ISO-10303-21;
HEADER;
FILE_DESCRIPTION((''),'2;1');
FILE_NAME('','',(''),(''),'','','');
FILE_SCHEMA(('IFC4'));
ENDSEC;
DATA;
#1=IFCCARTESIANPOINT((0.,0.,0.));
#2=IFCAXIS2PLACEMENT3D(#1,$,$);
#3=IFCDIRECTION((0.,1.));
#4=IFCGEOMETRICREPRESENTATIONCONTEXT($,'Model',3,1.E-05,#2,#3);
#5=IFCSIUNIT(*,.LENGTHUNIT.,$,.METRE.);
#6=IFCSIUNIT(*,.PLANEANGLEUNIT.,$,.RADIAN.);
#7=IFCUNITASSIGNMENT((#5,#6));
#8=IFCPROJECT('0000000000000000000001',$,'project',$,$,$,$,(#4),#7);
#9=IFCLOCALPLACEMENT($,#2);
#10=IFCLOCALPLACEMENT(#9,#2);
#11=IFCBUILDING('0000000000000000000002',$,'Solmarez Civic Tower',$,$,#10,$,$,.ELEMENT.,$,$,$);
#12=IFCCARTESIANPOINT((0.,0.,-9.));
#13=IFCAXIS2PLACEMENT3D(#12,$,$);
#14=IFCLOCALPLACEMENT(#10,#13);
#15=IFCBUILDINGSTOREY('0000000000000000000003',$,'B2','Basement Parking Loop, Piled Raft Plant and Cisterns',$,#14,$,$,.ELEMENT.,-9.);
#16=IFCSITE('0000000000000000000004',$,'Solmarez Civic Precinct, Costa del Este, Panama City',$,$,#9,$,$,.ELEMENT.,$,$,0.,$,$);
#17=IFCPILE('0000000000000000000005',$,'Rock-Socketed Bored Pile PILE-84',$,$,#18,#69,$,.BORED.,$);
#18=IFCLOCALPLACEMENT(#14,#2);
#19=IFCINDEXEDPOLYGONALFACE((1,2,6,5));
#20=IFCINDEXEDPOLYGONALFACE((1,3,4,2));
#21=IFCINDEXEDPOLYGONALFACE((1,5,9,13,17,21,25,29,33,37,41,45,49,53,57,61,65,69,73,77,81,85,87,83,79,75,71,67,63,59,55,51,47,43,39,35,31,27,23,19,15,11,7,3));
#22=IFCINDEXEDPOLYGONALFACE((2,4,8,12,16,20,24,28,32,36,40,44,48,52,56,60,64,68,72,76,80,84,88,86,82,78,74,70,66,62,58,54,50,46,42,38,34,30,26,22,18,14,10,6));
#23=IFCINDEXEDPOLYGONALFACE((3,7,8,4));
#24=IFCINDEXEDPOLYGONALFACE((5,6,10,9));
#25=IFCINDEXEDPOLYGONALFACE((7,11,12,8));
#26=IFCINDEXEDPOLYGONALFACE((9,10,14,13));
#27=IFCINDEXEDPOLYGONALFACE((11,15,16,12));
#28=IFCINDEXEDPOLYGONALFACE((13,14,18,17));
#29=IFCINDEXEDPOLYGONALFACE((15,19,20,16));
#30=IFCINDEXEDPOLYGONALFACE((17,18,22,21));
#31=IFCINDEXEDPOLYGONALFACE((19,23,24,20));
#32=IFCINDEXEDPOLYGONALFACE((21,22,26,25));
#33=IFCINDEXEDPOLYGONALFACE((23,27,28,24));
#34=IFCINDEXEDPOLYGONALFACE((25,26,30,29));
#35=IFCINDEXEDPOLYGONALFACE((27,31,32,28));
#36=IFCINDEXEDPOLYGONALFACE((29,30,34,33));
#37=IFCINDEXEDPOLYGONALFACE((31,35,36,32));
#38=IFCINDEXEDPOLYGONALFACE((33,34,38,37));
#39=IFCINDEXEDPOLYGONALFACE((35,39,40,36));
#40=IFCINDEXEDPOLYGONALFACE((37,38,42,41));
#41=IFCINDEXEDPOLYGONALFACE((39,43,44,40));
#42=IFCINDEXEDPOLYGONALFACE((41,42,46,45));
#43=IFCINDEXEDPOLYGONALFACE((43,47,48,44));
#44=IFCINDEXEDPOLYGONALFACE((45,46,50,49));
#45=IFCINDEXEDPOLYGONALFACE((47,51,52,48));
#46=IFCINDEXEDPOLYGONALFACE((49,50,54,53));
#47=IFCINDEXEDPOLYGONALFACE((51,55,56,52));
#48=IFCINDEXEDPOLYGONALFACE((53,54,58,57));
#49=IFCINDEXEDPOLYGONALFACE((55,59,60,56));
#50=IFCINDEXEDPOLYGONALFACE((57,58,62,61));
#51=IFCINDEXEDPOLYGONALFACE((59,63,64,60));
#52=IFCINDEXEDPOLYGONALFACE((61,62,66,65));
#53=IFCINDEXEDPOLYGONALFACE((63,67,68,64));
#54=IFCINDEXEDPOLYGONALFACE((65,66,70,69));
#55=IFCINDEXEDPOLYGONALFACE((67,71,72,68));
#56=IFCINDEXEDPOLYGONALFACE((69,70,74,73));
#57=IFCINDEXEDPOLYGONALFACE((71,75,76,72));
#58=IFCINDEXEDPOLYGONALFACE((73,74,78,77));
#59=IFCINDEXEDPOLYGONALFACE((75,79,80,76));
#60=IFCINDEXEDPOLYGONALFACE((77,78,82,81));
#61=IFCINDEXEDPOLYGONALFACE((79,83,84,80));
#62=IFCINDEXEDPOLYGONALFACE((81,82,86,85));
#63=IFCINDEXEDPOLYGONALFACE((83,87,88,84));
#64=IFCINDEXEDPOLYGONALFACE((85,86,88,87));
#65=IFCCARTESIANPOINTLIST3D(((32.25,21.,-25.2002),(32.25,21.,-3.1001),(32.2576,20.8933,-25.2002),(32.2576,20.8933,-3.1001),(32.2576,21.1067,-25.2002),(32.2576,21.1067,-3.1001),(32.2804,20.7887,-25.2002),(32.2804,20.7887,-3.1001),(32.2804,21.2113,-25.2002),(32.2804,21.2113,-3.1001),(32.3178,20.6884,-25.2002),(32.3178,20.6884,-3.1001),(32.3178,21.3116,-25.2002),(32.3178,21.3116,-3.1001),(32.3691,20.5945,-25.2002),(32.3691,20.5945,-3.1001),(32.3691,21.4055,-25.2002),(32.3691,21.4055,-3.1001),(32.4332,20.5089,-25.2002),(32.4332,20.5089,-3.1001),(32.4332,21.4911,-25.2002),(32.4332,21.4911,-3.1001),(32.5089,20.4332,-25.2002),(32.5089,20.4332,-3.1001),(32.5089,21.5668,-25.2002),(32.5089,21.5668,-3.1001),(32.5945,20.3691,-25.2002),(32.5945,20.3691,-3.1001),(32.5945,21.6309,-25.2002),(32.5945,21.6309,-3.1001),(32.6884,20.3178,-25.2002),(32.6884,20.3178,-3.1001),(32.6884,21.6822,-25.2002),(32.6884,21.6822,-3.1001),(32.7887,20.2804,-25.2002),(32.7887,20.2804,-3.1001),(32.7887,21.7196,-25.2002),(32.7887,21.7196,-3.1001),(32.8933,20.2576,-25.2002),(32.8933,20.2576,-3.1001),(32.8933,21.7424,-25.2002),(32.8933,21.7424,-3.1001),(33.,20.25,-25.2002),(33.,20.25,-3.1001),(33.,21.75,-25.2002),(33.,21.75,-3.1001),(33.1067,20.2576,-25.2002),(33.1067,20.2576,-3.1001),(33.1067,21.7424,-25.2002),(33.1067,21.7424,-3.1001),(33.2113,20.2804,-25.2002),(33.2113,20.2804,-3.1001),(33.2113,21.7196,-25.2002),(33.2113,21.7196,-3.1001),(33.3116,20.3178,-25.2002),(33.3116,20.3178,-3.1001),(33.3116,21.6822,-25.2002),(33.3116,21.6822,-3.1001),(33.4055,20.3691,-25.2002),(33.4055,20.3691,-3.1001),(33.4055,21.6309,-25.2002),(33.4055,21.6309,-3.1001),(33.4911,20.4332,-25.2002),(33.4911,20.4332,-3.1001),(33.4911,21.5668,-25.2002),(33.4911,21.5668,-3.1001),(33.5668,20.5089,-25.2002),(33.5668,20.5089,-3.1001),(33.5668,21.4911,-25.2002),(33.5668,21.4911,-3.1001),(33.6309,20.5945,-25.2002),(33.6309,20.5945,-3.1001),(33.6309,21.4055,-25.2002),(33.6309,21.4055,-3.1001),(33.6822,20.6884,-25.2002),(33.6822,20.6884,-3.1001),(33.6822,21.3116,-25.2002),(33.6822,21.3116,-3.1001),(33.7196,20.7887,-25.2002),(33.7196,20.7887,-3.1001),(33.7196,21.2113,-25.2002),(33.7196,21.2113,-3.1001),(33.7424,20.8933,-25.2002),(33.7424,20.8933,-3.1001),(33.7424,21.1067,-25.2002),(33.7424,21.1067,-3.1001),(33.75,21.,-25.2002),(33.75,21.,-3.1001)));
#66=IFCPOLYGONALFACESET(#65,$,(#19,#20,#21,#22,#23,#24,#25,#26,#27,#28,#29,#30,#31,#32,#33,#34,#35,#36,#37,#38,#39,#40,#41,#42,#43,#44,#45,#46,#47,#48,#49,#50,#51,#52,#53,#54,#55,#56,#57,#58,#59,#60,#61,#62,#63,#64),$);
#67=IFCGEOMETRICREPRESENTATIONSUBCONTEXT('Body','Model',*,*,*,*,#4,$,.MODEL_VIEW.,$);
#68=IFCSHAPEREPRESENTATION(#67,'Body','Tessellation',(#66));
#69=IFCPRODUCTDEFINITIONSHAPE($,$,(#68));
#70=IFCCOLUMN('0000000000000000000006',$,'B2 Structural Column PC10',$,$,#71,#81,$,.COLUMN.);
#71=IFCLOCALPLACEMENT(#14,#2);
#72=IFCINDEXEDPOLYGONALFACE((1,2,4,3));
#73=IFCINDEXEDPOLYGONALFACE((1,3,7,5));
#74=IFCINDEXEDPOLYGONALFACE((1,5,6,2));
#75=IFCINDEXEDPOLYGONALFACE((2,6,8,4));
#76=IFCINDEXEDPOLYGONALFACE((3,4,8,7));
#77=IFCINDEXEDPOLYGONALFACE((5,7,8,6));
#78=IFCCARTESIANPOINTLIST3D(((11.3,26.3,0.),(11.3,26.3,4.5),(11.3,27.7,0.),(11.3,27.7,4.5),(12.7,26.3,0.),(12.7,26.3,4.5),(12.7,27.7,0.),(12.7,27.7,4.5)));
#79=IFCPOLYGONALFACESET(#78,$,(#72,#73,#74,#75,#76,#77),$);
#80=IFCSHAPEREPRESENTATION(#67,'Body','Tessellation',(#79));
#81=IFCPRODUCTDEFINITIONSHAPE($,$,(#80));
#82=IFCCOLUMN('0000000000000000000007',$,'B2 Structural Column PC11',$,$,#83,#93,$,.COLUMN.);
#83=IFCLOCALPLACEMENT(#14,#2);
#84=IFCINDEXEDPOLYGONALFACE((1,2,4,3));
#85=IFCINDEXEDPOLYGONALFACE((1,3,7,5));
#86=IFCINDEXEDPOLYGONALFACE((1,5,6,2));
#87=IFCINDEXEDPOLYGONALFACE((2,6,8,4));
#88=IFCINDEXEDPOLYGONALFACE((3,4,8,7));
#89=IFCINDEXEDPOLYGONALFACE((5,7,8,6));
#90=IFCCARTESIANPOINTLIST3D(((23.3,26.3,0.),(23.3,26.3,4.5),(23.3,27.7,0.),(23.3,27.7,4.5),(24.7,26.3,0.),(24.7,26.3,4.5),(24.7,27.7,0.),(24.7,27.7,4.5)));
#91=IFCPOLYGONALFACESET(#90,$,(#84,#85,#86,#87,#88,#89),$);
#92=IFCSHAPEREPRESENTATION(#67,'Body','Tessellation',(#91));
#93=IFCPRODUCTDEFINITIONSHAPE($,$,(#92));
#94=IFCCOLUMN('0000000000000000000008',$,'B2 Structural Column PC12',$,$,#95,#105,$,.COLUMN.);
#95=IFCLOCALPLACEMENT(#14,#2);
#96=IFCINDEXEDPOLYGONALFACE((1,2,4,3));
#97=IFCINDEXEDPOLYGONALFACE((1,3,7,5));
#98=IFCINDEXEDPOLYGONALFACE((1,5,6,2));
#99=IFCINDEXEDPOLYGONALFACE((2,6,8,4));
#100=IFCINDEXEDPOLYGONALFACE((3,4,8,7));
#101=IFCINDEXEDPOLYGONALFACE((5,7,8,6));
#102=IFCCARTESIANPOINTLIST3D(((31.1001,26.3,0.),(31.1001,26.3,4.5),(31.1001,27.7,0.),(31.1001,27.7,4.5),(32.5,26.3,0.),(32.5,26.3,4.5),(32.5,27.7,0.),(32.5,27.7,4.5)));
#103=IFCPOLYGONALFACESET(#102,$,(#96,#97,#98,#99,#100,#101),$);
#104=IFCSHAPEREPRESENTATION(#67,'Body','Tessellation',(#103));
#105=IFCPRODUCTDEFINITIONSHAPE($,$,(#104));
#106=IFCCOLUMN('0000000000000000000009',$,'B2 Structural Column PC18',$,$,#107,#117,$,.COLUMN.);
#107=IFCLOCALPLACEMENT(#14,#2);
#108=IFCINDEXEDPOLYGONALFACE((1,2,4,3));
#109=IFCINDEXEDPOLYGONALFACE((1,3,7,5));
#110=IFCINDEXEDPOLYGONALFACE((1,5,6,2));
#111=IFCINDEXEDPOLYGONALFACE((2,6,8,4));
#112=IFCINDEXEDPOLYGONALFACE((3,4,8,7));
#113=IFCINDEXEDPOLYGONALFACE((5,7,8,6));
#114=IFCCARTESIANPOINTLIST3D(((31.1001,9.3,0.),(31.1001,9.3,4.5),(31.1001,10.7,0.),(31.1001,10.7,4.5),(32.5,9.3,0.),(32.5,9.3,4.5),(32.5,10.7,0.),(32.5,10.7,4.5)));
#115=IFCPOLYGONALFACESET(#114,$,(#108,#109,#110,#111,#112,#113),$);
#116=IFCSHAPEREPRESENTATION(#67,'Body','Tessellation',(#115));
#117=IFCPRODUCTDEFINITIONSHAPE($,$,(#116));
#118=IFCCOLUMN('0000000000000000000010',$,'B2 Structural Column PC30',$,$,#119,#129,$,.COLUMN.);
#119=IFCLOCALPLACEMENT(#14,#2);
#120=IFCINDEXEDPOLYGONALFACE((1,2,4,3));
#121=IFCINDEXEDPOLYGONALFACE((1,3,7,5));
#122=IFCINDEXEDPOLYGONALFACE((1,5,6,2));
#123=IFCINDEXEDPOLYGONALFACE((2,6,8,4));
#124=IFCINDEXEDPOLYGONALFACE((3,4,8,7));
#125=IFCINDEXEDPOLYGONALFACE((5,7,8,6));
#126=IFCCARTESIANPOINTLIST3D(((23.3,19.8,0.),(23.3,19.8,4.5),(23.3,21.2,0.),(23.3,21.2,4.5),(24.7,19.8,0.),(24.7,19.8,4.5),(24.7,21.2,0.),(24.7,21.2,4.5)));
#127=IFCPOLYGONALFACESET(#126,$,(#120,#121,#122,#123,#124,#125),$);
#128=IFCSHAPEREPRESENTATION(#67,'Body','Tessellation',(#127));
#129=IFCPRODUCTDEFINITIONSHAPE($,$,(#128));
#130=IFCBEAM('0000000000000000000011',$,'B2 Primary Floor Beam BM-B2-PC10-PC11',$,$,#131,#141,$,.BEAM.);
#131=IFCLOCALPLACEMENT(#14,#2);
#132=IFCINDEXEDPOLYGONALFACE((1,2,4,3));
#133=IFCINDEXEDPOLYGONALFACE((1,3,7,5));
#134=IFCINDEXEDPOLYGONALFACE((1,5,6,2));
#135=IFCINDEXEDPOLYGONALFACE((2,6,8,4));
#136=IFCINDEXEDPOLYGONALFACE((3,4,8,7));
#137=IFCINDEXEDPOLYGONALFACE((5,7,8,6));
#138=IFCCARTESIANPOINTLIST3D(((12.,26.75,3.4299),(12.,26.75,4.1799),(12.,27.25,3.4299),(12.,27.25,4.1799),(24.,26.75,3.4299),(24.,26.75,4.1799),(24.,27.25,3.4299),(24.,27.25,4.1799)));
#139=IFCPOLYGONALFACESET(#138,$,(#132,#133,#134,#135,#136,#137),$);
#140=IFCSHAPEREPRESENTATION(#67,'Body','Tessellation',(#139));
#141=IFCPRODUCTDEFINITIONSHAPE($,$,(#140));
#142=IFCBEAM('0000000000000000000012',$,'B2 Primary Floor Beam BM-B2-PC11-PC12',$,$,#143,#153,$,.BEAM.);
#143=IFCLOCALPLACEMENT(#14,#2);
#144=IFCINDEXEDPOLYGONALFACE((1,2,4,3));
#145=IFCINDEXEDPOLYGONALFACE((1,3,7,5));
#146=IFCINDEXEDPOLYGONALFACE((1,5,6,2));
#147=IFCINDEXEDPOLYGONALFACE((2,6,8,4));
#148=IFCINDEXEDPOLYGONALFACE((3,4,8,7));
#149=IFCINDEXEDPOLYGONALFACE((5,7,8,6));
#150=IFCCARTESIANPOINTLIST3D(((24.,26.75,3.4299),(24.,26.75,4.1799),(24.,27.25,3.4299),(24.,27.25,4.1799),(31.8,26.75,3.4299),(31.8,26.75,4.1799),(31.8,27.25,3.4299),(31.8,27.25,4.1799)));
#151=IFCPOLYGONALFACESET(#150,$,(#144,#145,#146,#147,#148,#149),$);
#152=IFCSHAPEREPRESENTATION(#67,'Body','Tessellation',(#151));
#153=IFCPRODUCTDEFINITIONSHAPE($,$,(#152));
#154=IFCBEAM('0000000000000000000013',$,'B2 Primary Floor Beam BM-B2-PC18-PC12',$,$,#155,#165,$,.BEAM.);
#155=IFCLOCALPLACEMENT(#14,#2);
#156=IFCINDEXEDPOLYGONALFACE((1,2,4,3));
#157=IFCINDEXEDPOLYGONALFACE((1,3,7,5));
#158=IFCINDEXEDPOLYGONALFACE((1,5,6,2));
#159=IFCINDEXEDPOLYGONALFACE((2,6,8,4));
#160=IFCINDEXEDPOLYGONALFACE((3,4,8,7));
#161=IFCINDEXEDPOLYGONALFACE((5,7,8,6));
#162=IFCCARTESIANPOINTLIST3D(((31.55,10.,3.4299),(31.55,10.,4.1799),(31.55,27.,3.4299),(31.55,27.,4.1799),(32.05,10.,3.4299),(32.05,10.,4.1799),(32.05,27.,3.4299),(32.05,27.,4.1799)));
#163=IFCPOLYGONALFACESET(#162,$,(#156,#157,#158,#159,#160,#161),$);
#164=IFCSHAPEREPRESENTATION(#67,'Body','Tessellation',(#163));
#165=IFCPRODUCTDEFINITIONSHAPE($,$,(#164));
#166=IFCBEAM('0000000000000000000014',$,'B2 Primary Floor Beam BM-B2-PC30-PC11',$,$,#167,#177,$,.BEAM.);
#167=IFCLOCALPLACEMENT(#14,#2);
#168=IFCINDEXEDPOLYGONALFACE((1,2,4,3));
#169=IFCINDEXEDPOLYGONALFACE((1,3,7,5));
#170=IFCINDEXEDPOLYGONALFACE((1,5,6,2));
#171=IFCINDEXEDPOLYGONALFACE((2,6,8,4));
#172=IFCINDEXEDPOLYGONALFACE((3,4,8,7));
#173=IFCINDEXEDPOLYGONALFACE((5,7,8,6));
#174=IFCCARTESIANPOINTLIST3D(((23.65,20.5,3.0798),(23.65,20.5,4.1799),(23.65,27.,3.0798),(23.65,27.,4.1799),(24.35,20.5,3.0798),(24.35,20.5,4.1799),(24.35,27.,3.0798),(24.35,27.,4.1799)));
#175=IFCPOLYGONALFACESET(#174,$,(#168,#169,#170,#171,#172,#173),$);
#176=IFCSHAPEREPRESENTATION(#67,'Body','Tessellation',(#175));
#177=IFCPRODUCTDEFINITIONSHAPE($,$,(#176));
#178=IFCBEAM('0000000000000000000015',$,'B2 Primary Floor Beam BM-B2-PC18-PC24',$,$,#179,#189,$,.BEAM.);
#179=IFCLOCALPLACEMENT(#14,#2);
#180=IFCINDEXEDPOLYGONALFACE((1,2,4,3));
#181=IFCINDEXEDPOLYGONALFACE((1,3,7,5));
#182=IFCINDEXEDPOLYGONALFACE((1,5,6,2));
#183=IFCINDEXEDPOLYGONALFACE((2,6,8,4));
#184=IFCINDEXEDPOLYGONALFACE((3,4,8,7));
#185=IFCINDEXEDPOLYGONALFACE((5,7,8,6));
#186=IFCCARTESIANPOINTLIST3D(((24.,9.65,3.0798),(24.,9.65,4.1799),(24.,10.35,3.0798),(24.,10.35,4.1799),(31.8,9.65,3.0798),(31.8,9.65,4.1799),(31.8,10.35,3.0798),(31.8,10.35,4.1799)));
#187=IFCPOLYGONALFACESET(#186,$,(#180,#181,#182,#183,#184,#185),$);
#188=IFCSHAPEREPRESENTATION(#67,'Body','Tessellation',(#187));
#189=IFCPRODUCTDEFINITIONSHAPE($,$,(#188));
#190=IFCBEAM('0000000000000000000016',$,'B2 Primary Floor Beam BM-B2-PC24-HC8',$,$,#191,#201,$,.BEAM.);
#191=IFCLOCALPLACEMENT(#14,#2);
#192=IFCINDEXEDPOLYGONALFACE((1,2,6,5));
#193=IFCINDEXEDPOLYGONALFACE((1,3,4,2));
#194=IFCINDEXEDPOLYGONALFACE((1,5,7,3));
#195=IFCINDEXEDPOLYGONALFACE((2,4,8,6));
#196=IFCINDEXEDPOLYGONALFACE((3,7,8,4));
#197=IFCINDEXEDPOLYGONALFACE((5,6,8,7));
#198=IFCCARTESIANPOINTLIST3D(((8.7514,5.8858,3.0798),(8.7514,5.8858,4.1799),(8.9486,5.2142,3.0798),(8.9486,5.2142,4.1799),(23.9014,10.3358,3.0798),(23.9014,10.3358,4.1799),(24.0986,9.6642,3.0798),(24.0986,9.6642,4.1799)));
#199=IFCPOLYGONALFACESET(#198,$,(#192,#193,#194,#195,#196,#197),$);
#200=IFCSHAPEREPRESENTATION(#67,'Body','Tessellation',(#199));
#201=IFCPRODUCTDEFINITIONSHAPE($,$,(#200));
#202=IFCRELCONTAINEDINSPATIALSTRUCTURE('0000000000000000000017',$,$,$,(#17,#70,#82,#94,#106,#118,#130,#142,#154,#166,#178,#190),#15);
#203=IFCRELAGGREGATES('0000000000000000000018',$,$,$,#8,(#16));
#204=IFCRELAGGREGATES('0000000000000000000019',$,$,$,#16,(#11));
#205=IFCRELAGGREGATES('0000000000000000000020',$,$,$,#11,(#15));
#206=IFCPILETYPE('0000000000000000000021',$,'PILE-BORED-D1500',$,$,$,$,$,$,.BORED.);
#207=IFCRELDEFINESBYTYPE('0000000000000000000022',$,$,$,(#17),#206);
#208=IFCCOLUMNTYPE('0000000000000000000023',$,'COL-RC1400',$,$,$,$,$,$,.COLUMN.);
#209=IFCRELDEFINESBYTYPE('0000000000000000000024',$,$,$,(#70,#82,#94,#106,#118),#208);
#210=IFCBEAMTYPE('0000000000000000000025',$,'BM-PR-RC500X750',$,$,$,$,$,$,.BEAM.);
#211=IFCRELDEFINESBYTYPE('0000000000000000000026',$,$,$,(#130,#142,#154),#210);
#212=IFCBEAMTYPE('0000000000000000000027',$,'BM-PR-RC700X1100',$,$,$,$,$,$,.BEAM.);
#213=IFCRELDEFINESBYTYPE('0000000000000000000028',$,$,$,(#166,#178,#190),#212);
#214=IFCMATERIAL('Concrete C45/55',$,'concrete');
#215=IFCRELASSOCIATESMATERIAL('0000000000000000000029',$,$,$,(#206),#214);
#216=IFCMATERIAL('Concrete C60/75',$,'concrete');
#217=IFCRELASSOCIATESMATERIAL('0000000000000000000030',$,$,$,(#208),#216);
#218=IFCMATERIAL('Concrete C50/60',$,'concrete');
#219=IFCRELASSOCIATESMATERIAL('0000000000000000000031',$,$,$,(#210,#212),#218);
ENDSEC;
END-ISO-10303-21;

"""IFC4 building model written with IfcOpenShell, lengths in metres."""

from ifc_helpers import new_model, si_unit, direction, frame, origin, origin_2d, place, context, subcontext, project, spatial, rectangle, circle, extrude, material, material_profile, profile_set, type_object, element, save


model = new_model("IFC4")

# Units and contexts
model_context = context("Model", 3, precision=1e-05, world=origin(), true_north=direction((0.0, 1.0)))
body_context = subcontext(model_context, "Body", "Model", "MODEL_VIEW")
ifc_project = project(units=[si_unit("LENGTHUNIT", "METRE"), si_unit("PLANEANGLEUNIT", "RADIAN")], contexts=[model_context])

# Site, building, storey
site_placement = place(None, origin())
site = spatial("IfcSite", under=ifc_project, at=site_placement, Name="Solmarez Civic Precinct, Costa del Este, Panama City", CompositionType="ELEMENT", RefElevation=0.0)
building_placement = place(site_placement, origin())
building = spatial("IfcBuilding", under=site, at=building_placement, Name="Solmarez Civic Tower", CompositionType="ELEMENT")
storey_placement = place(building_placement, frame((0.0, 0.0, -9.0)))
storey = spatial("IfcBuildingStorey", under=building, at=storey_placement, Name="B2", Description="Basement Parking Loop, Piled Raft Plant and Cisterns", CompositionType="ELEMENT", Elevation=-9.0)

# Pile
ifc_material_1 = material(Name="Concrete C45/55", Category="concrete")
ifc_material_profile_1 = material_profile(ifc_material_1, circle(Radius=0.75, at=origin_2d()), Name="PILE-D1500")
ifc_profile_set_1 = profile_set([ifc_material_profile_1], Name="Concrete C45/55")
pile_type = type_object("IfcPileType", Name="PILE-BORED-D1500", PredefinedType="BORED", material=ifc_profile_set_1)
for number, where, z_axis, x_axis, name in (
    (1, (33.0, 21.0, -3.1001), (0.0, 0.0, -1.0), (1.0, 0.0, 0.0), "Rock-Socketed Bored Pile PILE-84"),
):
    element("IfcPile", number, at=place(storey_placement, frame(where, z_axis=z_axis, x_axis=x_axis)), inside=storey, type_object=pile_type, Name=name, PredefinedType="BORED", context=body_context, shape_type="SweptSolid", body=[
        extrude(circle(Radius=0.75, at=origin_2d()), origin(), (0.0, 0.0, 1.0), 22.1001),
    ])

# Columns
ifc_material_2 = material(Name="Concrete C60/75", Category="concrete")
ifc_material_profile_2 = material_profile(ifc_material_2, rectangle(XDim=1.3999, YDim=1.3999, at=origin_2d()), Name="RC1400X1400")
ifc_profile_set_2 = profile_set([ifc_material_profile_2], Name="Concrete C60/75")
column_type = type_object("IfcColumnType", Name="COL-RC1400", PredefinedType="COLUMN", material=ifc_profile_set_2)
for number, where, z_axis, x_axis, name in (
    (2, (12.0, 27.0, 0.0), (0.0, 0.0, 1.0), (1.0, 0.0, 0.0), "B2 Structural Column PC10"),
    (3, (24.0, 27.0, 0.0), (0.0, 0.0, 1.0), (1.0, 0.0, 0.0), "B2 Structural Column PC11"),
    (4, (31.8, 27.0, 0.0), (0.0, 0.0, 1.0), (1.0, 0.0, 0.0), "B2 Structural Column PC12"),
    (5, (31.8, 10.0, 0.0), (0.0, 0.0, 1.0), (1.0, 0.0, 0.0), "B2 Structural Column PC18"),
    (6, (24.0, 20.5, 0.0), (0.0, 0.0, 1.0), (1.0, 0.0, 0.0), "B2 Structural Column PC30"),
):
    element("IfcColumn", number, at=place(storey_placement, frame(where, z_axis=z_axis, x_axis=x_axis)), inside=storey, type_object=column_type, Name=name, PredefinedType="COLUMN", context=body_context, shape_type="SweptSolid", body=[
        extrude(rectangle(XDim=1.3999, YDim=1.3999, at=origin_2d()), origin(), (0.0, 0.0, 1.0), 4.5),
    ])

# Beams
ifc_material_3 = material(Name="Concrete C50/60", Category="concrete")
ifc_material_profile_3 = material_profile(ifc_material_3, rectangle(XDim=0.5, YDim=0.75, at=origin_2d()), Name="RC500X750")
ifc_profile_set_3 = profile_set([ifc_material_profile_3], Name="Concrete C50/60")
beam_type_1 = type_object("IfcBeamType", Name="BM-PR-RC500X750", PredefinedType="BEAM", material=ifc_profile_set_3)
beam_1_placement = place(storey_placement, frame((12.0, 27.0, 3.8049), z_axis=(1.0, 0.0, 0.0), x_axis=(0.0, 1.0, 0.0)))
element("IfcBeam", 7, at=beam_1_placement, inside=storey, type_object=beam_type_1, Name="B2 Primary Floor Beam BM-B2-PC10-PC11", PredefinedType="BEAM", context=body_context, shape_type="SweptSolid", body=[
    extrude(rectangle(XDim=0.5, YDim=0.75, at=origin_2d()), origin(), (0.0, 0.0, 1.0), 12.0),
])
beam_2_placement = place(storey_placement, frame((24.0, 27.0, 3.8049), z_axis=(1.0, 0.0, 0.0), x_axis=(0.0, 1.0, 0.0)))
element("IfcBeam", 8, at=beam_2_placement, inside=storey, type_object=beam_type_1, Name="B2 Primary Floor Beam BM-B2-PC11-PC12", PredefinedType="BEAM", context=body_context, shape_type="SweptSolid", body=[
    extrude(rectangle(XDim=0.5, YDim=0.75, at=origin_2d()), origin(), (0.0, 0.0, 1.0), 7.8),
])
beam_3_placement = place(storey_placement, frame((31.8, 10.0, 3.8049), z_axis=(0.0, 1.0, 0.0), x_axis=(-1.0, 0.0, 0.0)))
element("IfcBeam", 9, at=beam_3_placement, inside=storey, type_object=beam_type_1, Name="B2 Primary Floor Beam BM-B2-PC18-PC12", PredefinedType="BEAM", context=body_context, shape_type="SweptSolid", body=[
    extrude(rectangle(XDim=0.5, YDim=0.75, at=origin_2d()), origin(), (0.0, 0.0, 1.0), 17.0),
])
ifc_material_profile_4 = material_profile(ifc_material_3, rectangle(XDim=0.7, YDim=1.1001, at=origin_2d()), Name="RC700X1100")
ifc_profile_set_4 = profile_set([ifc_material_profile_4], Name="Concrete C50/60")
beam_type_2 = type_object("IfcBeamType", Name="BM-PR-RC700X1100", PredefinedType="BEAM", material=ifc_profile_set_4)
beam_4_placement = place(storey_placement, frame((24.0, 20.5, 3.6299), z_axis=(0.0, 1.0, 0.0), x_axis=(-1.0, 0.0, 0.0)))
element("IfcBeam", 10, at=beam_4_placement, inside=storey, type_object=beam_type_2, Name="B2 Primary Floor Beam BM-B2-PC30-PC11", PredefinedType="BEAM", context=body_context, shape_type="SweptSolid", body=[
    extrude(rectangle(XDim=0.7, YDim=1.1001, at=origin_2d()), origin(), (0.0, 0.0, 1.0), 6.5),
])
beam_5_placement = place(storey_placement, frame((31.8, 10.0, 3.6299), z_axis=(-1.0, 0.0, 0.0), x_axis=(0.0, -1.0, 0.0)))
element("IfcBeam", 11, at=beam_5_placement, inside=storey, type_object=beam_type_2, Name="B2 Primary Floor Beam BM-B2-PC18-PC24", PredefinedType="BEAM", context=body_context, shape_type="SweptSolid", body=[
    extrude(rectangle(XDim=0.7, YDim=1.1001, at=origin_2d()), origin(), (0.0, 0.0, 1.0), 7.8),
])
beam_6_placement = place(storey_placement, frame((24.0, 10.0, 3.6299), z_axis=(-0.959467, -0.281822, 0.0), x_axis=(0.281822, -0.959467, 0.0)))
element("IfcBeam", 12, at=beam_6_placement, inside=storey, type_object=beam_type_2, Name="B2 Primary Floor Beam BM-B2-PC24-HC8", PredefinedType="BEAM", context=body_context, shape_type="SweptSolid", body=[
    extrude(rectangle(XDim=0.7, YDim=1.1001, at=origin_2d()), origin(), (0.0, 0.0, 1.0), 15.79),
])

save(model, "model.ifc")
